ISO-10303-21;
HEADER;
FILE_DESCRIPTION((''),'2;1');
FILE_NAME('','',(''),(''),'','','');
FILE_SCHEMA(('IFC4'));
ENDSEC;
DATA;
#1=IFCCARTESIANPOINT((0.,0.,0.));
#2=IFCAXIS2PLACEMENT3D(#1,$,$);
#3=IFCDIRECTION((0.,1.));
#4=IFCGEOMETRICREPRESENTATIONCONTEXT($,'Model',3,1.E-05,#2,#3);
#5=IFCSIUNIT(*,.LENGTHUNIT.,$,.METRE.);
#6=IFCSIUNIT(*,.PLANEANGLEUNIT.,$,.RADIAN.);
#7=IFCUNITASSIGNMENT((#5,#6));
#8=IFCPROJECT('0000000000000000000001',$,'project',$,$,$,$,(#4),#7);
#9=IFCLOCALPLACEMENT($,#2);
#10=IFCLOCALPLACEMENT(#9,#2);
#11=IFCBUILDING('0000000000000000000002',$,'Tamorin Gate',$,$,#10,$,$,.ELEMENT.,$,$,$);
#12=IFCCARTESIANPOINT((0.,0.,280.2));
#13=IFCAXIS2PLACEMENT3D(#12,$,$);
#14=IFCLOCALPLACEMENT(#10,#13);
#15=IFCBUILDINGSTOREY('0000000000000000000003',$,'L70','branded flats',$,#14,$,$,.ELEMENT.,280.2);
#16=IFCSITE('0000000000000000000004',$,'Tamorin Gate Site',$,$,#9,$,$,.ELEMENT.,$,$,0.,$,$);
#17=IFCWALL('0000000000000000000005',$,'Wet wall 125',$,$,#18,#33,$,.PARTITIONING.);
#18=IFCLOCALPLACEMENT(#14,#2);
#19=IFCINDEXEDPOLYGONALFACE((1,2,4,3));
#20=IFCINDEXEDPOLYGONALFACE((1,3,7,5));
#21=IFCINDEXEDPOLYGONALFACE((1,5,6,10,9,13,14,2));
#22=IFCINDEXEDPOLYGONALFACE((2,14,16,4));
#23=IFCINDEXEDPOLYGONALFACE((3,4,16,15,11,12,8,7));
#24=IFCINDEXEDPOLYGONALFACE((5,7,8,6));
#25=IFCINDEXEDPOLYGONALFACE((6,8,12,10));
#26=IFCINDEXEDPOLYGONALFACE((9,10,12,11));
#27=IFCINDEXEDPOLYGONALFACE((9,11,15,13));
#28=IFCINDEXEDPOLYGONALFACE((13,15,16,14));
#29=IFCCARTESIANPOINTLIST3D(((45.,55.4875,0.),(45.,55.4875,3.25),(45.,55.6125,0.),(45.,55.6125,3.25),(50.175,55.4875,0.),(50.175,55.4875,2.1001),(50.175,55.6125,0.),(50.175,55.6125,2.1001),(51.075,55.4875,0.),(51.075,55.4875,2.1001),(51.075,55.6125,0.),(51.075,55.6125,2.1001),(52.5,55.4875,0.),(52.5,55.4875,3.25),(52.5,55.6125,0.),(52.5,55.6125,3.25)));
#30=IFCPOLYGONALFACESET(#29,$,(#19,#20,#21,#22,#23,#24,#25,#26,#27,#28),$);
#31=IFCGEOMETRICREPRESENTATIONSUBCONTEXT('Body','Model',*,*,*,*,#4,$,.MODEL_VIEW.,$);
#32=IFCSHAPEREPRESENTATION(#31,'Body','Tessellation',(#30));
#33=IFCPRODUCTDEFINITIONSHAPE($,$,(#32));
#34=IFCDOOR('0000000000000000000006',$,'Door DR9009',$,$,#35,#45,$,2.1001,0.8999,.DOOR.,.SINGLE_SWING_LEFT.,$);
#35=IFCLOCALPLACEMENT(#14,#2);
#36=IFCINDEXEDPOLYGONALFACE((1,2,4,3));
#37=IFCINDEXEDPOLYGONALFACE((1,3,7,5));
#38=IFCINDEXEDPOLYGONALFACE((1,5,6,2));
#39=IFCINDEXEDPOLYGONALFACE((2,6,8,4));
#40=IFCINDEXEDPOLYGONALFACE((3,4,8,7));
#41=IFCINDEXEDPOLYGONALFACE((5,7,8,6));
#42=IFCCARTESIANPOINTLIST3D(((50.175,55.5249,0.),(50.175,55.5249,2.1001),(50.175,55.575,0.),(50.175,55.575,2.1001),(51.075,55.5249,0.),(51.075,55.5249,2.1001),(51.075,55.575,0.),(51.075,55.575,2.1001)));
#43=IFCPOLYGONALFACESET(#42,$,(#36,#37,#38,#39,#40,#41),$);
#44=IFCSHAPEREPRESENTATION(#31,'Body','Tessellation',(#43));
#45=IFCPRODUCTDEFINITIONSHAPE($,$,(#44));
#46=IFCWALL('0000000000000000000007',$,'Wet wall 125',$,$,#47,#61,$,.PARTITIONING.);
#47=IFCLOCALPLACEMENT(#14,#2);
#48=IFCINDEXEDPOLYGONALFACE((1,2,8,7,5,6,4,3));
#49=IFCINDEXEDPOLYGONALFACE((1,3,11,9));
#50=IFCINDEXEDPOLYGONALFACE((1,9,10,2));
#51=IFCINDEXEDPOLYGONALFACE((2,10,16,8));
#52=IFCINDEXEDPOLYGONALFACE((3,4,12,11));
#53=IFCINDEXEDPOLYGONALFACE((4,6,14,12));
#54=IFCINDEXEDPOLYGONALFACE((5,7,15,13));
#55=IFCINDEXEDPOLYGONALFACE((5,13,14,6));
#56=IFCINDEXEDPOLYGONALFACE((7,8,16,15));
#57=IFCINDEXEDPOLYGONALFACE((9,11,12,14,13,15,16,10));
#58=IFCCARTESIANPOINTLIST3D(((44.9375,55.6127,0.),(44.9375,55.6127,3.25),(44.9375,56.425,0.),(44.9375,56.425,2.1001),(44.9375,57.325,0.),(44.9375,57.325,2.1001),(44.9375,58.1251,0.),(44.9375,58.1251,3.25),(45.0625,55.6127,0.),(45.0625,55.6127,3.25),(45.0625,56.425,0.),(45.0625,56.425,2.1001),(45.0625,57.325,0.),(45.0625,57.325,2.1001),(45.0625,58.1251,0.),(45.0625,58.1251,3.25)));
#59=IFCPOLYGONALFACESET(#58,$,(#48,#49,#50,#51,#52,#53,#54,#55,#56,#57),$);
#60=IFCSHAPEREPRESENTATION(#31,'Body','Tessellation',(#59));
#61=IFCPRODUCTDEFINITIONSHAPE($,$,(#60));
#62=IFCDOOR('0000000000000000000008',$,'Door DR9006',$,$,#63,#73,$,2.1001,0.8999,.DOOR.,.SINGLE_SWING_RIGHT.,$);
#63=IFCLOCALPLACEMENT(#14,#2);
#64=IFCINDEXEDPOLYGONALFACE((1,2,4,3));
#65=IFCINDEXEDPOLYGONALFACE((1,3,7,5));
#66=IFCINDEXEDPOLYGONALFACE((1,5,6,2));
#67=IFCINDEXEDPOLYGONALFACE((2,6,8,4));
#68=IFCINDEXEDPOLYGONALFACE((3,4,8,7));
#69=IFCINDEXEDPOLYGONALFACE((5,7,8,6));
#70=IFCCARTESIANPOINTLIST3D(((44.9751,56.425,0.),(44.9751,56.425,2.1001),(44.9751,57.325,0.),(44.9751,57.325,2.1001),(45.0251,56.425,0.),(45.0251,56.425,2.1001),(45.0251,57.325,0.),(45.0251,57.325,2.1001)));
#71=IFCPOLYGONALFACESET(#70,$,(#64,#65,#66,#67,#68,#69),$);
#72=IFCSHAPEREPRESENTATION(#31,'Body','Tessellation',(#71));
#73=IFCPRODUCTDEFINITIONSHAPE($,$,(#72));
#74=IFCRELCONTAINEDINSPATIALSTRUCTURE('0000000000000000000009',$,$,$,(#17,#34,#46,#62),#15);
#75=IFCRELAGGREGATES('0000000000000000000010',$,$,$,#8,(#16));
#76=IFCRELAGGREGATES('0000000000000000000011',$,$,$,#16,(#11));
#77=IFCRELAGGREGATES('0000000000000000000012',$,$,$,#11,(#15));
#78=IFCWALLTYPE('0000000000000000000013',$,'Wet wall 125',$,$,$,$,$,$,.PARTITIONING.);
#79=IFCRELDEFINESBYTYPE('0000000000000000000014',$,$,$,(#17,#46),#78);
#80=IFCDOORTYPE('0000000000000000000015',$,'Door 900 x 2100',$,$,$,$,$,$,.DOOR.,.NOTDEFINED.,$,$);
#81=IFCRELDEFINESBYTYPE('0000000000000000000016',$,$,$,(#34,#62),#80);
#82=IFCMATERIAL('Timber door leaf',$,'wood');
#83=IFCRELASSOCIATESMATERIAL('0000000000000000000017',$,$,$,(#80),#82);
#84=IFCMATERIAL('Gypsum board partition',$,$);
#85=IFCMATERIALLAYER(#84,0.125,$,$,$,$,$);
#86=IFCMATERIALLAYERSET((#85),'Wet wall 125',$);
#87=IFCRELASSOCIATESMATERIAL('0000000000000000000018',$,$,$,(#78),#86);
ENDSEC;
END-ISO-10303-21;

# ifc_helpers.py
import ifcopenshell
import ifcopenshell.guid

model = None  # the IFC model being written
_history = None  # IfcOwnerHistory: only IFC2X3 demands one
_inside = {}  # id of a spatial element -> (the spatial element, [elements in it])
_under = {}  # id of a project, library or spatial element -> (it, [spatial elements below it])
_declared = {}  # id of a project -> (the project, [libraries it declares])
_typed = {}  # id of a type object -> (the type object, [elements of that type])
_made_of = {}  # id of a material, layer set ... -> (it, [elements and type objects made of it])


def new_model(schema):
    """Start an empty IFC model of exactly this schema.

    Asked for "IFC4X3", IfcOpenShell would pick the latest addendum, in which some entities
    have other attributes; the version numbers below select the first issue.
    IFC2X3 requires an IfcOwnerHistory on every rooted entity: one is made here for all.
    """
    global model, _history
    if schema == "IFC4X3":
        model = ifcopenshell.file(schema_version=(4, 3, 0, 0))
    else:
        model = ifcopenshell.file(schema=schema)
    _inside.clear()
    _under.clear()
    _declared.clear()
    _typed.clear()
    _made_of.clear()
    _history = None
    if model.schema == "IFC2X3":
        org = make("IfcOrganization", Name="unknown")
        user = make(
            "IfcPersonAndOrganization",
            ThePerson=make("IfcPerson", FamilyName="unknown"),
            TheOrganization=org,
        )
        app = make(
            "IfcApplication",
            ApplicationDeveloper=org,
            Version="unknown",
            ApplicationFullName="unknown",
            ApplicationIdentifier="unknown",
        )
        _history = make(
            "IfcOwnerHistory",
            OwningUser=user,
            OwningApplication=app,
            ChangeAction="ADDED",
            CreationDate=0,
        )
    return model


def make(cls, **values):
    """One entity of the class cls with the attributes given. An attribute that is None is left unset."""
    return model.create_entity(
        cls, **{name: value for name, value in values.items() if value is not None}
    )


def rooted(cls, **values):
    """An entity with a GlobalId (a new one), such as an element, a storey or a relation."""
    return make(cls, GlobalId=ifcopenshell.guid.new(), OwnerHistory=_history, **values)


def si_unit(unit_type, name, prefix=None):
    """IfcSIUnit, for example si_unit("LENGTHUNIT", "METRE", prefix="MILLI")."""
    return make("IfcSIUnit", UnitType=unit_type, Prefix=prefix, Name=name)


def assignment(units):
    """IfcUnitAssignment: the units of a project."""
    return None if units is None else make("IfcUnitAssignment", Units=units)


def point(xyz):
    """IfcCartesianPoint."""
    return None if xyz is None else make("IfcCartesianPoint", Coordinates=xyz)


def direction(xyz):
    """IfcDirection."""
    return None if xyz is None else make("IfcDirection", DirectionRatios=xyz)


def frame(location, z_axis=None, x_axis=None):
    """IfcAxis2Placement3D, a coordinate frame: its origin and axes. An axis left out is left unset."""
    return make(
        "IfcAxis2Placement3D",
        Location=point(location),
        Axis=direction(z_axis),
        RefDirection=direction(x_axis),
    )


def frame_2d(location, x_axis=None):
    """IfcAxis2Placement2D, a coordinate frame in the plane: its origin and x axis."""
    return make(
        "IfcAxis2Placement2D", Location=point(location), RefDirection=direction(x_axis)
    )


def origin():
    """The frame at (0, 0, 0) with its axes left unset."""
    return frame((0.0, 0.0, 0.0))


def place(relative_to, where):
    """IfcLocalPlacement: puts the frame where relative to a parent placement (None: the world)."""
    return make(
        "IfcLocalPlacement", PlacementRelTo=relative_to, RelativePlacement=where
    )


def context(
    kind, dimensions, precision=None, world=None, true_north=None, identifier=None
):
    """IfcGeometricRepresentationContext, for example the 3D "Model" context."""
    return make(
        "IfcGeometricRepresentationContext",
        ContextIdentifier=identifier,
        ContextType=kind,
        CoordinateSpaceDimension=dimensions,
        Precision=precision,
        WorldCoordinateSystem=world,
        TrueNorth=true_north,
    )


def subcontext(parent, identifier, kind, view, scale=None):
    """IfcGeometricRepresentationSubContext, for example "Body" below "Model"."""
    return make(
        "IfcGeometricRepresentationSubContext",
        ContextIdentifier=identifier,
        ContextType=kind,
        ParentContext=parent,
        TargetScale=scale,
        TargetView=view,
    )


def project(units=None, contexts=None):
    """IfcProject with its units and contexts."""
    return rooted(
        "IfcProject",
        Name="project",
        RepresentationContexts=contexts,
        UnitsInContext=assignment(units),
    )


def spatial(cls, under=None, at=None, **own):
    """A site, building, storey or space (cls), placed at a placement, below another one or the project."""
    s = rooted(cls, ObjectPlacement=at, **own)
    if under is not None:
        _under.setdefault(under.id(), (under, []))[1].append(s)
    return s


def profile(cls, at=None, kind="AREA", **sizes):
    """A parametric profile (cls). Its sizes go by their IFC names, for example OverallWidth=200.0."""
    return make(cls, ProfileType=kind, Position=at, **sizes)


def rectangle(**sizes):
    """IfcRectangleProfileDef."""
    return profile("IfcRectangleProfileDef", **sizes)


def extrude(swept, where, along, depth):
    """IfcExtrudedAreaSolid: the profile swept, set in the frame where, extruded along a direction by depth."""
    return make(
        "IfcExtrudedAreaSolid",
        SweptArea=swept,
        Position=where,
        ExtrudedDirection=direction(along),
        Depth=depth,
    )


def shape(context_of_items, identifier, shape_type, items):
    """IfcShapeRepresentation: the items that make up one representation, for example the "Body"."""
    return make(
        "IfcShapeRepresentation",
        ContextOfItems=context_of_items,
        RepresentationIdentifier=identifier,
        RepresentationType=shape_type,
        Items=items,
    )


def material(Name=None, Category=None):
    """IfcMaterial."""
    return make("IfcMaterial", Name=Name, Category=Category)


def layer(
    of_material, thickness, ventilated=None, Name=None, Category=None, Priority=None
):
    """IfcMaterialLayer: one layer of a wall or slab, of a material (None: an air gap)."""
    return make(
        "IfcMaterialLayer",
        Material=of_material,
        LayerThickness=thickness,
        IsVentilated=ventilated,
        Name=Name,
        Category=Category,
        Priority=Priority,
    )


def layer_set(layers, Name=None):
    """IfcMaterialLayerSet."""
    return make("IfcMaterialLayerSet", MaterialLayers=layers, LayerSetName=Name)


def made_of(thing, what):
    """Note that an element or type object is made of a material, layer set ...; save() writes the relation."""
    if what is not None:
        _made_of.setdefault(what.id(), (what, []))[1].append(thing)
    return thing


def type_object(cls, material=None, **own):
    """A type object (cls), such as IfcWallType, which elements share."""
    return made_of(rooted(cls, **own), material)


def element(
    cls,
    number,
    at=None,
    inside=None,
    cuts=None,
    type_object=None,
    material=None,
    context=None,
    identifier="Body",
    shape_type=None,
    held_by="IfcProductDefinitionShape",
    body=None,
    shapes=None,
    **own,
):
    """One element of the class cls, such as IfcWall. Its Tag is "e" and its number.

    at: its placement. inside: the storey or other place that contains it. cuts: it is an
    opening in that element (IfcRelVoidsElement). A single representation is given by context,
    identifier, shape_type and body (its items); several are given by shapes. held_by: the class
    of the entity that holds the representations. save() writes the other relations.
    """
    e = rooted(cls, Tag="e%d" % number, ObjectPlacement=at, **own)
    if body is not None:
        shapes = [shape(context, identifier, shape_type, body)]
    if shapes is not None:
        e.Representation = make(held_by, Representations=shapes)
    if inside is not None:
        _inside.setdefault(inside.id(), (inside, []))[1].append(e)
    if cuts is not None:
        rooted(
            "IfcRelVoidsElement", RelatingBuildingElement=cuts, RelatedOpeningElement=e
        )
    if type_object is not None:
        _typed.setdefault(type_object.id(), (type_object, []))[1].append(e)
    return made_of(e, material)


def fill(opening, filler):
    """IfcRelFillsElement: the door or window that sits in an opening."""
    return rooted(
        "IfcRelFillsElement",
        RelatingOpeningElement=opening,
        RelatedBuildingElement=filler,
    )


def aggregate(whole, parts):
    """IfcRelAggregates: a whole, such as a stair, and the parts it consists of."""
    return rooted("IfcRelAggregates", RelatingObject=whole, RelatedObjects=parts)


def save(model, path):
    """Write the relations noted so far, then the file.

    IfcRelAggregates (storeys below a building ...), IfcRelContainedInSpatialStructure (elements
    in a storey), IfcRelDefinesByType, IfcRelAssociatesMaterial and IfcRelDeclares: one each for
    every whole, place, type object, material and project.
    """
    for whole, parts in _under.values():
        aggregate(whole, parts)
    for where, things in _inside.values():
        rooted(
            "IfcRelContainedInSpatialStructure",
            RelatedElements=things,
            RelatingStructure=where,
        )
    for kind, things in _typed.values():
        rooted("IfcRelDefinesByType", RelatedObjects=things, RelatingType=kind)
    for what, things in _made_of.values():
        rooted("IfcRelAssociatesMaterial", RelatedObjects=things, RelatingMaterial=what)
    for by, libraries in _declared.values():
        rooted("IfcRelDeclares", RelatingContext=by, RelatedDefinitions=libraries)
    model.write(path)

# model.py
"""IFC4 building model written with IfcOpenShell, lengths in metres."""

from ifc_helpers import new_model, si_unit, direction, frame, frame_2d, origin, place, context, subcontext, project, spatial, rectangle, extrude, material, layer, layer_set, type_object, element, fill, save


model = new_model("IFC4")

# Units and contexts
model_context = context("Model", 3, precision=1e-05, world=origin(), true_north=direction((0.0, 1.0)))
body_context = subcontext(model_context, "Body", "Model", "MODEL_VIEW")
ifc_project = project(units=[si_unit("LENGTHUNIT", "METRE"), si_unit("PLANEANGLEUNIT", "RADIAN")], contexts=[model_context])

# Site, building, storey
site_placement = place(None, origin())
site = spatial("IfcSite", under=ifc_project, at=site_placement, Name="Tamorin Gate Site", CompositionType="ELEMENT", RefElevation=0.0)
building_placement = place(site_placement, origin())
building = spatial("IfcBuilding", under=site, at=building_placement, Name="Tamorin Gate", CompositionType="ELEMENT")
storey_placement = place(building_placement, frame((0.0, 0.0, 280.2)))
storey = spatial("IfcBuildingStorey", under=building, at=storey_placement, Name="L70", Description="branded flats", CompositionType="ELEMENT", Elevation=280.2)

# Shared definitions
ifc_material_1 = material(Name="Gypsum board partition")

# Shared definitions
ifc_material_2 = material(Name="Timber door leaf", Category="wood")
door_type = type_object("IfcDoorType", Name="Door 900 x 2100", OperationType="NOTDEFINED", PredefinedType="DOOR", material=ifc_material_2)

# Walls, openings, doors
ifc_layer_1 = layer(ifc_material_1, 0.125)
ifc_layer_set_1 = layer_set([ifc_layer_1], Name="Wet wall 125")
wall_type_1 = type_object("IfcWallType", Name="Wet wall 125", PredefinedType="PARTITIONING", material=ifc_layer_set_1)
wall_1_placement = place(storey_placement, frame((45.0, 55.55, 0.0), z_axis=(0.0, 0.0, 1.0), x_axis=(1.0, 0.0, 0.0)))
wall_1 = element("IfcWall", 1, at=wall_1_placement, inside=storey, type_object=wall_type_1, Name="Wet wall 125", PredefinedType="PARTITIONING", context=body_context, shape_type="SweptSolid", body=[
    extrude(rectangle(XDim=7.5, YDim=0.125, at=frame_2d((3.75, 0.0))), origin(), (0.0, 0.0, 1.0), 3.25),
])
opening_1_placement = place(wall_1_placement, frame((5.175, 0.0, 0.0)))
opening_1 = element("IfcOpeningElement", 2, at=opening_1_placement, cuts=wall_1, PredefinedType="OPENING", context=body_context, shape_type="SweptSolid", body=[
    extrude(rectangle(XDim=0.8999, YDim=2.1001, at=frame_2d((0.45, 1.05))), frame((0.0, 0.0725, 0.0), z_axis=(0.0, -1.0, 0.0), x_axis=(1.0, 0.0, 0.0)), (0.0, 0.0, 1.0), 0.145),
])
door_1_placement = place(opening_1_placement, origin())
door_1 = element("IfcDoor", 3, at=door_1_placement, inside=storey, type_object=door_type, Name="Door DR9009", OperationType="SINGLE_SWING_LEFT", OverallHeight=2.1001, OverallWidth=0.8999, PredefinedType="DOOR", context=body_context, shape_type="SweptSolid", body=[
    extrude(rectangle(XDim=0.8999, YDim=2.1001, at=frame_2d((0.45, 1.05))), frame((0.0, 0.0249, 0.0), z_axis=(0.0, -1.0, 0.0), x_axis=(1.0, 0.0, 0.0)), (0.0, 0.0, 1.0), 0.05),
])
fill(opening_1, door_1)
wall_2_placement = place(storey_placement, frame((45.0, 55.6125, 0.0), z_axis=(0.0, 0.0, 1.0), x_axis=(0.0, 1.0, 0.0)))
wall_2 = element("IfcWall", 4, at=wall_2_placement, inside=storey, type_object=wall_type_1, Name="Wet wall 125", PredefinedType="PARTITIONING", context=body_context, shape_type="SweptSolid", body=[
    extrude(rectangle(XDim=2.5125, YDim=0.125, at=frame_2d((1.2563, 0.0))), origin(), (0.0, 0.0, 1.0), 3.25),
])
opening_2_placement = place(wall_2_placement, frame((0.8125, 0.0, 0.0)))
opening_2 = element("IfcOpeningElement", 5, at=opening_2_placement, cuts=wall_2, PredefinedType="OPENING", context=body_context, shape_type="SweptSolid", body=[
    extrude(rectangle(XDim=0.8999, YDim=2.1001, at=frame_2d((0.45, 1.05))), frame((0.0, 0.0725, 0.0), z_axis=(0.0, -1.0, 0.0), x_axis=(1.0, 0.0, 0.0)), (0.0, 0.0, 1.0), 0.145),
])
door_2_placement = place(opening_2_placement, origin())
door_2 = element("IfcDoor", 6, at=door_2_placement, inside=storey, type_object=door_type, Name="Door DR9006", OperationType="SINGLE_SWING_RIGHT", OverallHeight=2.1001, OverallWidth=0.8999, PredefinedType="DOOR", context=body_context, shape_type="SweptSolid", body=[
    extrude(rectangle(XDim=0.8999, YDim=2.1001, at=frame_2d((0.45, 1.05))), frame((0.0, 0.0249, 0.0), z_axis=(0.0, -1.0, 0.0), x_axis=(1.0, 0.0, 0.0)), (0.0, 0.0, 1.0), 0.05),
])
fill(opening_2, door_2)

save(model, "model.ifc")
